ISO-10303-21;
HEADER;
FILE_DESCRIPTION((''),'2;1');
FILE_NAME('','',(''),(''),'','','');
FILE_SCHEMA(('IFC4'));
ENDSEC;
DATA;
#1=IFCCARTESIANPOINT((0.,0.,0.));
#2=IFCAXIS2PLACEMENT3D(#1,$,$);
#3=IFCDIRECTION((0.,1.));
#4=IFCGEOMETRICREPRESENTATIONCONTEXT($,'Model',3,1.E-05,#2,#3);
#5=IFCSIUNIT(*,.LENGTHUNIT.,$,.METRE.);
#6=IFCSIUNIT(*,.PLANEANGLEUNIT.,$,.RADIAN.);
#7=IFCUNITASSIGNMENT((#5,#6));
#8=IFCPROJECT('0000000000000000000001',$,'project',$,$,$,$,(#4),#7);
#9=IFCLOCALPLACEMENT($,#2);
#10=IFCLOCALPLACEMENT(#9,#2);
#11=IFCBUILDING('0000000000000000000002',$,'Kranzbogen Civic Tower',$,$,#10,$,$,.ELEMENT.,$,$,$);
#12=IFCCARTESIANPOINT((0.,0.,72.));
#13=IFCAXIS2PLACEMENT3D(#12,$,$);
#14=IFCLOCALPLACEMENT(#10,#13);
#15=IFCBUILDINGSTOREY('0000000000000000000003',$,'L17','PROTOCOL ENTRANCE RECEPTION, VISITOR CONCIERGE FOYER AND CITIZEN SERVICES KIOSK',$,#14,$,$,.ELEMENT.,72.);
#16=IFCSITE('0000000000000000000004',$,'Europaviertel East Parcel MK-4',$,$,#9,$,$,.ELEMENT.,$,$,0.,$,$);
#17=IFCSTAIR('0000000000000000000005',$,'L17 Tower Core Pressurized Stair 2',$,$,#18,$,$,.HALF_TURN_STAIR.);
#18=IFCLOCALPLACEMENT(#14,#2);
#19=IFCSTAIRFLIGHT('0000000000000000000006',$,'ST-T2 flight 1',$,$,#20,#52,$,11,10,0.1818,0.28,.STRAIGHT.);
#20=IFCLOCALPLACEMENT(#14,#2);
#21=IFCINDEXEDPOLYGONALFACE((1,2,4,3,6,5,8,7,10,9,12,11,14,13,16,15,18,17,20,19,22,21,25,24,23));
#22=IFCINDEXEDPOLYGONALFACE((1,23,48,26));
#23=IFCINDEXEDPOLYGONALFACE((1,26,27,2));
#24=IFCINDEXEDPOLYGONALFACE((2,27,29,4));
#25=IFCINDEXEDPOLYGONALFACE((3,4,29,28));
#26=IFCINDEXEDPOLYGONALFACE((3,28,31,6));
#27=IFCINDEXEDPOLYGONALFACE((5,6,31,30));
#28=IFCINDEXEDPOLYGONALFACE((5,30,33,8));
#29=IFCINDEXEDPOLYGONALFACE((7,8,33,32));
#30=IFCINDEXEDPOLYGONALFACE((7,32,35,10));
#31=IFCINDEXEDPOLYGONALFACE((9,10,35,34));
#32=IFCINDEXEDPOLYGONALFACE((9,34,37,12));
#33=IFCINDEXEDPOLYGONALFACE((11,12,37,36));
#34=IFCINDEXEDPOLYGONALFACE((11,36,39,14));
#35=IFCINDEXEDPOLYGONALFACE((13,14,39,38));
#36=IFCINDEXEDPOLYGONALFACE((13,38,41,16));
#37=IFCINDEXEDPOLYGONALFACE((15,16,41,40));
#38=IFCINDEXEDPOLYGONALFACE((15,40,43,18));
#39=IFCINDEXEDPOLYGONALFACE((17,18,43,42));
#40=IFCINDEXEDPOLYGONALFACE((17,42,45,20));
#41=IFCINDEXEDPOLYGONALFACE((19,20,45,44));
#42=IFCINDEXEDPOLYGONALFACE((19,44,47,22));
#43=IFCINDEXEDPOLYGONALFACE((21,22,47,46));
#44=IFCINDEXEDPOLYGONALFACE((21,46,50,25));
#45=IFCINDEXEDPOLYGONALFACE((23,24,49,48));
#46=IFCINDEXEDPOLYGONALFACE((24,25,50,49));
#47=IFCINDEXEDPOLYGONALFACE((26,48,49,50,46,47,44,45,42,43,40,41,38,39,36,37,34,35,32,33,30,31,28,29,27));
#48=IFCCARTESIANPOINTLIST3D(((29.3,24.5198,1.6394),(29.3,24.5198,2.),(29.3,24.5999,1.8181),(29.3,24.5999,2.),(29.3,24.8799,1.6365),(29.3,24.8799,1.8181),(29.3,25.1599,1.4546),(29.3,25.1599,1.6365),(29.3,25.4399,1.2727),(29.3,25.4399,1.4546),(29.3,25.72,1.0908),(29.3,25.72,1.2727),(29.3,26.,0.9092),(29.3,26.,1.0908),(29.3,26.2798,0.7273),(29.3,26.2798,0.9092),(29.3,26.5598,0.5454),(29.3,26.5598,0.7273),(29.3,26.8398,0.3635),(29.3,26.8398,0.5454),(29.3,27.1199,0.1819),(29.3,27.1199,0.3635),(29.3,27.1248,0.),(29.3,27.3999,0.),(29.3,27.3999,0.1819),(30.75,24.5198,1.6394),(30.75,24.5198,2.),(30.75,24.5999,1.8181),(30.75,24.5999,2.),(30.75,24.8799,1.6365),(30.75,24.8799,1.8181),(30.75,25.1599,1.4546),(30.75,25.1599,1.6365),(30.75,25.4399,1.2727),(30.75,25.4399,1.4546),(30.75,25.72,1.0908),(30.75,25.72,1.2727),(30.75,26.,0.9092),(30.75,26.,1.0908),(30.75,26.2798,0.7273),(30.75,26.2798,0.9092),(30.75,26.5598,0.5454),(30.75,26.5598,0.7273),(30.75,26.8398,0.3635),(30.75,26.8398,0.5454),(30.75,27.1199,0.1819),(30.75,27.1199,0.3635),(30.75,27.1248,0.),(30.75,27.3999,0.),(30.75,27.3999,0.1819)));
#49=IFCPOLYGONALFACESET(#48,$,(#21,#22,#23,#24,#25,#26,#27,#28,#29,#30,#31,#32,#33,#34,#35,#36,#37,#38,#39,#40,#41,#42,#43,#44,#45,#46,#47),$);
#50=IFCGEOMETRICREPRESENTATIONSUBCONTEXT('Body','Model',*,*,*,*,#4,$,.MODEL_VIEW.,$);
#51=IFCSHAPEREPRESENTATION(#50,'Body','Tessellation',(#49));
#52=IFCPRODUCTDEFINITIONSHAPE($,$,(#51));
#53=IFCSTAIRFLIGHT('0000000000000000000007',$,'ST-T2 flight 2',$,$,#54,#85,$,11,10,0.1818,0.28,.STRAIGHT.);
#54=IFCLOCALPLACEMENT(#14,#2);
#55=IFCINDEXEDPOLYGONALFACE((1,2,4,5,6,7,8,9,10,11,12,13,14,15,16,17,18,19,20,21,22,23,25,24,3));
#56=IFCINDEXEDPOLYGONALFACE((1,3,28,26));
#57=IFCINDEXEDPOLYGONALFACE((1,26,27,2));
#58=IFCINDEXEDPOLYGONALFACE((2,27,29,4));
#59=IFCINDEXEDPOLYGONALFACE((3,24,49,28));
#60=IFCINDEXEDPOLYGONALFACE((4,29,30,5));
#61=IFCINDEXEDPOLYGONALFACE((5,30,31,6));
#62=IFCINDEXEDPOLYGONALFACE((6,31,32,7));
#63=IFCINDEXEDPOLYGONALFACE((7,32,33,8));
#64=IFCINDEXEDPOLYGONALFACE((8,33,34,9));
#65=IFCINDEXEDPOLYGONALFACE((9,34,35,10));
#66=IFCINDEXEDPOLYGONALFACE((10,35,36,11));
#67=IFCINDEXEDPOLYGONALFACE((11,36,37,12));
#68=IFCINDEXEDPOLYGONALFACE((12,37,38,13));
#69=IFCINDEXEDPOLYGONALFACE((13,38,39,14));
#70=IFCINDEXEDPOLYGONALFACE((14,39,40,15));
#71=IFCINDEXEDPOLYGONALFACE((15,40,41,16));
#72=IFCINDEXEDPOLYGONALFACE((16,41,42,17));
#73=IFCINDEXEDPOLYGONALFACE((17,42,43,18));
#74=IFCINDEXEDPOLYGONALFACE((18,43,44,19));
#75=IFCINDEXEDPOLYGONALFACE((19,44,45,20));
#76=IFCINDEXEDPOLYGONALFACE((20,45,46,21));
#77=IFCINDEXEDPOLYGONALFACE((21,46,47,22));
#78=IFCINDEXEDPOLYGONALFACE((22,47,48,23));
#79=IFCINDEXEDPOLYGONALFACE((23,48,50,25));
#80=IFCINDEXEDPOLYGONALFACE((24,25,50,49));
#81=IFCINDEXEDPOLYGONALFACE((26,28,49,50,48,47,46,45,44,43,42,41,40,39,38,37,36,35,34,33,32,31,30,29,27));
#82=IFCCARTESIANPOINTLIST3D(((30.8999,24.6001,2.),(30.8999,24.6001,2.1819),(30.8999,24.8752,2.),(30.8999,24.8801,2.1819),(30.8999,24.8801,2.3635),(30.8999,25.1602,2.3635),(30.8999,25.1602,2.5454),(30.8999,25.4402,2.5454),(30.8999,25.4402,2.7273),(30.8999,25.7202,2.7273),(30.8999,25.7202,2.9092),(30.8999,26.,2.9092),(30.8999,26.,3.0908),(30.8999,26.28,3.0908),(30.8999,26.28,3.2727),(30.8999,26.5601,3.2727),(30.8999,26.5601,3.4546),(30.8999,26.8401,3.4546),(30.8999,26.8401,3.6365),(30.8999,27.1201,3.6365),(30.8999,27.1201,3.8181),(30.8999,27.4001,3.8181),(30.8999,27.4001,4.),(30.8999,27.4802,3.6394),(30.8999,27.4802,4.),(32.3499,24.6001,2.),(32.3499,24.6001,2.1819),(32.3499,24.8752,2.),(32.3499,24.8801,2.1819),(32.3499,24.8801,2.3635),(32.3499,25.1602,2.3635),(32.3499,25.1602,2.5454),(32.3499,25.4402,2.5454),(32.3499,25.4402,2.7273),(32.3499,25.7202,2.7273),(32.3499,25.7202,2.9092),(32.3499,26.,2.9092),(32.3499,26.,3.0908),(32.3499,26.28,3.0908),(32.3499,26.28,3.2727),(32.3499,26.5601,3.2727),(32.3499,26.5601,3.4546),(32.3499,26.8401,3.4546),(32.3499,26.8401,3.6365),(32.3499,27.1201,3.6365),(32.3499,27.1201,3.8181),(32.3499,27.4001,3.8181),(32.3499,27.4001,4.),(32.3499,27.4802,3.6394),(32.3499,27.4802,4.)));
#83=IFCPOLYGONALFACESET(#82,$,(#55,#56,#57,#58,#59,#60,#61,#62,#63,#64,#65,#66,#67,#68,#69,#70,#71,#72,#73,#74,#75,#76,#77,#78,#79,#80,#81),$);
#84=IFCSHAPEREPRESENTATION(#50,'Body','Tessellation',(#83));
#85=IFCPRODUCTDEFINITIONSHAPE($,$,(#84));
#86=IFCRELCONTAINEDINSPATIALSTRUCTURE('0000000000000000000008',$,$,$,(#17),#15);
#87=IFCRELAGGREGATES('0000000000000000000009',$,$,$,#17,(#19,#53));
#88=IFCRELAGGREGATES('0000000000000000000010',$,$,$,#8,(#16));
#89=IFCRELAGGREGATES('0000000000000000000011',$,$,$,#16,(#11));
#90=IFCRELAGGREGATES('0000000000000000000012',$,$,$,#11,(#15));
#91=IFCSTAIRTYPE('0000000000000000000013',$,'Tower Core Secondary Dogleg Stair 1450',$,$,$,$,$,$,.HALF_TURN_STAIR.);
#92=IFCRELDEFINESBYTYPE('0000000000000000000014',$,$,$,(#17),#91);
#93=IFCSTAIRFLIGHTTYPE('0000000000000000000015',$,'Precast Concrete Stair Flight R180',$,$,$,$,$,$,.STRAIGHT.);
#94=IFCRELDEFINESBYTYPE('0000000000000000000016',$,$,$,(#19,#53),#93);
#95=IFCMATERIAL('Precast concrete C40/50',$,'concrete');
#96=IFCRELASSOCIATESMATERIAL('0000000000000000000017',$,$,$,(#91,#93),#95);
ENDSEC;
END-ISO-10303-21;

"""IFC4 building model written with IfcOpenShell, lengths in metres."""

from ifc_helpers import new_model, si_unit, direction, frame, origin, place, context, subcontext, project, spatial, polyline, outline, extrude, material, type_object, element, aggregate, save


model = new_model("IFC4")

# Units and contexts
model_context = context("Model", 3, precision=1e-05, world=origin(), true_north=direction((0.0, 1.0)))
body_context = subcontext(model_context, "Body", "Model", "MODEL_VIEW")
ifc_project = project(units=[si_unit("LENGTHUNIT", "METRE"), si_unit("PLANEANGLEUNIT", "RADIAN")], contexts=[model_context])

# Site, building, storey
site_placement = place(None, origin())
site = spatial("IfcSite", under=ifc_project, at=site_placement, Name="Europaviertel East Parcel MK-4", CompositionType="ELEMENT", RefElevation=0.0)
building_placement = place(site_placement, origin())
building = spatial("IfcBuilding", under=site, at=building_placement, Name="Kranzbogen Civic Tower", CompositionType="ELEMENT")
storey_placement = place(building_placement, frame((0.0, 0.0, 72.0)))
storey = spatial("IfcBuildingStorey", under=building, at=storey_placement, Name="L17", Description="PROTOCOL ENTRANCE RECEPTION, VISITOR CONCIERGE FOYER AND CITIZEN SERVICES KIOSK", CompositionType="ELEMENT", Elevation=72.0)

# Stair, stair flights
ifc_material_1 = material(Name="Precast concrete C40/50", Category="concrete")
stair_type = type_object("IfcStairType", Name="Tower Core Secondary Dogleg Stair 1450", PredefinedType="HALF_TURN_STAIR", material=ifc_material_1)
stair_placement = place(storey_placement, origin())
stair = element("IfcStair", 1, at=stair_placement, inside=storey, type_object=stair_type, Name="L17 Tower Core Pressurized Stair 2", PredefinedType="HALF_TURN_STAIR")
stair_flight_type = type_object("IfcStairFlightType", Name="Precast Concrete Stair Flight R180", PredefinedType="STRAIGHT", material=ifc_material_1)
stair_flight_1_placement = place(storey_placement, frame((30.0249, 27.3999, 0.0), z_axis=(0.0, 0.0, 1.0), x_axis=(0.0, -1.0, 0.0)))
stair_flight_1 = element("IfcStairFlight", 2, at=stair_flight_1_placement, type_object=stair_flight_type, Name="ST-T2 flight 1", NumberOfRisers=11, NumberOfTreads=10, PredefinedType="STRAIGHT", RiserHeight=0.1818, TreadLength=0.28, context=body_context, shape_type="SweptSolid", body=[
    extrude(outline(polyline([(0.0, 0.0), (0.0, 0.1819), (0.28, 0.1819), (0.28, 0.3635), (0.5601, 0.3635), (0.5601, 0.5454), (0.8401, 0.5454), (0.8401, 0.7273), (1.1201, 0.7273), (1.1201, 0.9092), (1.3999, 0.9092), (1.3999, 1.0908), (1.6799, 1.0908), (1.6799, 1.2727), (1.96, 1.2727), (1.96, 1.4546), (2.24, 1.4546), (2.24, 1.6365), (2.52, 1.6365), (2.52, 1.8181), (2.8, 1.8181), (2.8, 2.0), (2.8801, 2.0), (2.8801, 1.6394), (0.2751, 0.0), (0.0, 0.0)])), frame((0.0, 0.7251, 0.0), z_axis=(0.0, -1.0, 0.0), x_axis=(1.0, 0.0, 0.0)), (0.0, 0.0, 1.0), 1.45),
])
stair_flight_2_placement = place(storey_placement, frame((31.625, 24.6001, 2.0), z_axis=(0.0, 0.0, 1.0), x_axis=(0.0, 1.0, 0.0)))
stair_flight_2 = element("IfcStairFlight", 3, at=stair_flight_2_placement, type_object=stair_flight_type, Name="ST-T2 flight 2", NumberOfRisers=11, NumberOfTreads=10, PredefinedType="STRAIGHT", RiserHeight=0.1818, TreadLength=0.28, context=body_context, shape_type="SweptSolid", body=[
    extrude(outline(polyline([(0.0, 0.0), (0.0, 0.1819), (0.28, 0.1819), (0.28, 0.3635), (0.5601, 0.3635), (0.5601, 0.5454), (0.8401, 0.5454), (0.8401, 0.7273), (1.1201, 0.7273), (1.1201, 0.9092), (1.3999, 0.9092), (1.3999, 1.0908), (1.6799, 1.0908), (1.6799, 1.2727), (1.96, 1.2727), (1.96, 1.4546), (2.24, 1.4546), (2.24, 1.6365), (2.52, 1.6365), (2.52, 1.8181), (2.8, 1.8181), (2.8, 2.0), (2.8801, 2.0), (2.8801, 1.6394), (0.2751, 0.0), (0.0, 0.0)])), frame((0.0, 0.7251, 0.0), z_axis=(0.0, -1.0, 0.0), x_axis=(1.0, 0.0, 0.0)), (0.0, 0.0, 1.0), 1.45),
])
aggregate(stair, [stair_flight_1, stair_flight_2])

save(model, "model.ifc")
